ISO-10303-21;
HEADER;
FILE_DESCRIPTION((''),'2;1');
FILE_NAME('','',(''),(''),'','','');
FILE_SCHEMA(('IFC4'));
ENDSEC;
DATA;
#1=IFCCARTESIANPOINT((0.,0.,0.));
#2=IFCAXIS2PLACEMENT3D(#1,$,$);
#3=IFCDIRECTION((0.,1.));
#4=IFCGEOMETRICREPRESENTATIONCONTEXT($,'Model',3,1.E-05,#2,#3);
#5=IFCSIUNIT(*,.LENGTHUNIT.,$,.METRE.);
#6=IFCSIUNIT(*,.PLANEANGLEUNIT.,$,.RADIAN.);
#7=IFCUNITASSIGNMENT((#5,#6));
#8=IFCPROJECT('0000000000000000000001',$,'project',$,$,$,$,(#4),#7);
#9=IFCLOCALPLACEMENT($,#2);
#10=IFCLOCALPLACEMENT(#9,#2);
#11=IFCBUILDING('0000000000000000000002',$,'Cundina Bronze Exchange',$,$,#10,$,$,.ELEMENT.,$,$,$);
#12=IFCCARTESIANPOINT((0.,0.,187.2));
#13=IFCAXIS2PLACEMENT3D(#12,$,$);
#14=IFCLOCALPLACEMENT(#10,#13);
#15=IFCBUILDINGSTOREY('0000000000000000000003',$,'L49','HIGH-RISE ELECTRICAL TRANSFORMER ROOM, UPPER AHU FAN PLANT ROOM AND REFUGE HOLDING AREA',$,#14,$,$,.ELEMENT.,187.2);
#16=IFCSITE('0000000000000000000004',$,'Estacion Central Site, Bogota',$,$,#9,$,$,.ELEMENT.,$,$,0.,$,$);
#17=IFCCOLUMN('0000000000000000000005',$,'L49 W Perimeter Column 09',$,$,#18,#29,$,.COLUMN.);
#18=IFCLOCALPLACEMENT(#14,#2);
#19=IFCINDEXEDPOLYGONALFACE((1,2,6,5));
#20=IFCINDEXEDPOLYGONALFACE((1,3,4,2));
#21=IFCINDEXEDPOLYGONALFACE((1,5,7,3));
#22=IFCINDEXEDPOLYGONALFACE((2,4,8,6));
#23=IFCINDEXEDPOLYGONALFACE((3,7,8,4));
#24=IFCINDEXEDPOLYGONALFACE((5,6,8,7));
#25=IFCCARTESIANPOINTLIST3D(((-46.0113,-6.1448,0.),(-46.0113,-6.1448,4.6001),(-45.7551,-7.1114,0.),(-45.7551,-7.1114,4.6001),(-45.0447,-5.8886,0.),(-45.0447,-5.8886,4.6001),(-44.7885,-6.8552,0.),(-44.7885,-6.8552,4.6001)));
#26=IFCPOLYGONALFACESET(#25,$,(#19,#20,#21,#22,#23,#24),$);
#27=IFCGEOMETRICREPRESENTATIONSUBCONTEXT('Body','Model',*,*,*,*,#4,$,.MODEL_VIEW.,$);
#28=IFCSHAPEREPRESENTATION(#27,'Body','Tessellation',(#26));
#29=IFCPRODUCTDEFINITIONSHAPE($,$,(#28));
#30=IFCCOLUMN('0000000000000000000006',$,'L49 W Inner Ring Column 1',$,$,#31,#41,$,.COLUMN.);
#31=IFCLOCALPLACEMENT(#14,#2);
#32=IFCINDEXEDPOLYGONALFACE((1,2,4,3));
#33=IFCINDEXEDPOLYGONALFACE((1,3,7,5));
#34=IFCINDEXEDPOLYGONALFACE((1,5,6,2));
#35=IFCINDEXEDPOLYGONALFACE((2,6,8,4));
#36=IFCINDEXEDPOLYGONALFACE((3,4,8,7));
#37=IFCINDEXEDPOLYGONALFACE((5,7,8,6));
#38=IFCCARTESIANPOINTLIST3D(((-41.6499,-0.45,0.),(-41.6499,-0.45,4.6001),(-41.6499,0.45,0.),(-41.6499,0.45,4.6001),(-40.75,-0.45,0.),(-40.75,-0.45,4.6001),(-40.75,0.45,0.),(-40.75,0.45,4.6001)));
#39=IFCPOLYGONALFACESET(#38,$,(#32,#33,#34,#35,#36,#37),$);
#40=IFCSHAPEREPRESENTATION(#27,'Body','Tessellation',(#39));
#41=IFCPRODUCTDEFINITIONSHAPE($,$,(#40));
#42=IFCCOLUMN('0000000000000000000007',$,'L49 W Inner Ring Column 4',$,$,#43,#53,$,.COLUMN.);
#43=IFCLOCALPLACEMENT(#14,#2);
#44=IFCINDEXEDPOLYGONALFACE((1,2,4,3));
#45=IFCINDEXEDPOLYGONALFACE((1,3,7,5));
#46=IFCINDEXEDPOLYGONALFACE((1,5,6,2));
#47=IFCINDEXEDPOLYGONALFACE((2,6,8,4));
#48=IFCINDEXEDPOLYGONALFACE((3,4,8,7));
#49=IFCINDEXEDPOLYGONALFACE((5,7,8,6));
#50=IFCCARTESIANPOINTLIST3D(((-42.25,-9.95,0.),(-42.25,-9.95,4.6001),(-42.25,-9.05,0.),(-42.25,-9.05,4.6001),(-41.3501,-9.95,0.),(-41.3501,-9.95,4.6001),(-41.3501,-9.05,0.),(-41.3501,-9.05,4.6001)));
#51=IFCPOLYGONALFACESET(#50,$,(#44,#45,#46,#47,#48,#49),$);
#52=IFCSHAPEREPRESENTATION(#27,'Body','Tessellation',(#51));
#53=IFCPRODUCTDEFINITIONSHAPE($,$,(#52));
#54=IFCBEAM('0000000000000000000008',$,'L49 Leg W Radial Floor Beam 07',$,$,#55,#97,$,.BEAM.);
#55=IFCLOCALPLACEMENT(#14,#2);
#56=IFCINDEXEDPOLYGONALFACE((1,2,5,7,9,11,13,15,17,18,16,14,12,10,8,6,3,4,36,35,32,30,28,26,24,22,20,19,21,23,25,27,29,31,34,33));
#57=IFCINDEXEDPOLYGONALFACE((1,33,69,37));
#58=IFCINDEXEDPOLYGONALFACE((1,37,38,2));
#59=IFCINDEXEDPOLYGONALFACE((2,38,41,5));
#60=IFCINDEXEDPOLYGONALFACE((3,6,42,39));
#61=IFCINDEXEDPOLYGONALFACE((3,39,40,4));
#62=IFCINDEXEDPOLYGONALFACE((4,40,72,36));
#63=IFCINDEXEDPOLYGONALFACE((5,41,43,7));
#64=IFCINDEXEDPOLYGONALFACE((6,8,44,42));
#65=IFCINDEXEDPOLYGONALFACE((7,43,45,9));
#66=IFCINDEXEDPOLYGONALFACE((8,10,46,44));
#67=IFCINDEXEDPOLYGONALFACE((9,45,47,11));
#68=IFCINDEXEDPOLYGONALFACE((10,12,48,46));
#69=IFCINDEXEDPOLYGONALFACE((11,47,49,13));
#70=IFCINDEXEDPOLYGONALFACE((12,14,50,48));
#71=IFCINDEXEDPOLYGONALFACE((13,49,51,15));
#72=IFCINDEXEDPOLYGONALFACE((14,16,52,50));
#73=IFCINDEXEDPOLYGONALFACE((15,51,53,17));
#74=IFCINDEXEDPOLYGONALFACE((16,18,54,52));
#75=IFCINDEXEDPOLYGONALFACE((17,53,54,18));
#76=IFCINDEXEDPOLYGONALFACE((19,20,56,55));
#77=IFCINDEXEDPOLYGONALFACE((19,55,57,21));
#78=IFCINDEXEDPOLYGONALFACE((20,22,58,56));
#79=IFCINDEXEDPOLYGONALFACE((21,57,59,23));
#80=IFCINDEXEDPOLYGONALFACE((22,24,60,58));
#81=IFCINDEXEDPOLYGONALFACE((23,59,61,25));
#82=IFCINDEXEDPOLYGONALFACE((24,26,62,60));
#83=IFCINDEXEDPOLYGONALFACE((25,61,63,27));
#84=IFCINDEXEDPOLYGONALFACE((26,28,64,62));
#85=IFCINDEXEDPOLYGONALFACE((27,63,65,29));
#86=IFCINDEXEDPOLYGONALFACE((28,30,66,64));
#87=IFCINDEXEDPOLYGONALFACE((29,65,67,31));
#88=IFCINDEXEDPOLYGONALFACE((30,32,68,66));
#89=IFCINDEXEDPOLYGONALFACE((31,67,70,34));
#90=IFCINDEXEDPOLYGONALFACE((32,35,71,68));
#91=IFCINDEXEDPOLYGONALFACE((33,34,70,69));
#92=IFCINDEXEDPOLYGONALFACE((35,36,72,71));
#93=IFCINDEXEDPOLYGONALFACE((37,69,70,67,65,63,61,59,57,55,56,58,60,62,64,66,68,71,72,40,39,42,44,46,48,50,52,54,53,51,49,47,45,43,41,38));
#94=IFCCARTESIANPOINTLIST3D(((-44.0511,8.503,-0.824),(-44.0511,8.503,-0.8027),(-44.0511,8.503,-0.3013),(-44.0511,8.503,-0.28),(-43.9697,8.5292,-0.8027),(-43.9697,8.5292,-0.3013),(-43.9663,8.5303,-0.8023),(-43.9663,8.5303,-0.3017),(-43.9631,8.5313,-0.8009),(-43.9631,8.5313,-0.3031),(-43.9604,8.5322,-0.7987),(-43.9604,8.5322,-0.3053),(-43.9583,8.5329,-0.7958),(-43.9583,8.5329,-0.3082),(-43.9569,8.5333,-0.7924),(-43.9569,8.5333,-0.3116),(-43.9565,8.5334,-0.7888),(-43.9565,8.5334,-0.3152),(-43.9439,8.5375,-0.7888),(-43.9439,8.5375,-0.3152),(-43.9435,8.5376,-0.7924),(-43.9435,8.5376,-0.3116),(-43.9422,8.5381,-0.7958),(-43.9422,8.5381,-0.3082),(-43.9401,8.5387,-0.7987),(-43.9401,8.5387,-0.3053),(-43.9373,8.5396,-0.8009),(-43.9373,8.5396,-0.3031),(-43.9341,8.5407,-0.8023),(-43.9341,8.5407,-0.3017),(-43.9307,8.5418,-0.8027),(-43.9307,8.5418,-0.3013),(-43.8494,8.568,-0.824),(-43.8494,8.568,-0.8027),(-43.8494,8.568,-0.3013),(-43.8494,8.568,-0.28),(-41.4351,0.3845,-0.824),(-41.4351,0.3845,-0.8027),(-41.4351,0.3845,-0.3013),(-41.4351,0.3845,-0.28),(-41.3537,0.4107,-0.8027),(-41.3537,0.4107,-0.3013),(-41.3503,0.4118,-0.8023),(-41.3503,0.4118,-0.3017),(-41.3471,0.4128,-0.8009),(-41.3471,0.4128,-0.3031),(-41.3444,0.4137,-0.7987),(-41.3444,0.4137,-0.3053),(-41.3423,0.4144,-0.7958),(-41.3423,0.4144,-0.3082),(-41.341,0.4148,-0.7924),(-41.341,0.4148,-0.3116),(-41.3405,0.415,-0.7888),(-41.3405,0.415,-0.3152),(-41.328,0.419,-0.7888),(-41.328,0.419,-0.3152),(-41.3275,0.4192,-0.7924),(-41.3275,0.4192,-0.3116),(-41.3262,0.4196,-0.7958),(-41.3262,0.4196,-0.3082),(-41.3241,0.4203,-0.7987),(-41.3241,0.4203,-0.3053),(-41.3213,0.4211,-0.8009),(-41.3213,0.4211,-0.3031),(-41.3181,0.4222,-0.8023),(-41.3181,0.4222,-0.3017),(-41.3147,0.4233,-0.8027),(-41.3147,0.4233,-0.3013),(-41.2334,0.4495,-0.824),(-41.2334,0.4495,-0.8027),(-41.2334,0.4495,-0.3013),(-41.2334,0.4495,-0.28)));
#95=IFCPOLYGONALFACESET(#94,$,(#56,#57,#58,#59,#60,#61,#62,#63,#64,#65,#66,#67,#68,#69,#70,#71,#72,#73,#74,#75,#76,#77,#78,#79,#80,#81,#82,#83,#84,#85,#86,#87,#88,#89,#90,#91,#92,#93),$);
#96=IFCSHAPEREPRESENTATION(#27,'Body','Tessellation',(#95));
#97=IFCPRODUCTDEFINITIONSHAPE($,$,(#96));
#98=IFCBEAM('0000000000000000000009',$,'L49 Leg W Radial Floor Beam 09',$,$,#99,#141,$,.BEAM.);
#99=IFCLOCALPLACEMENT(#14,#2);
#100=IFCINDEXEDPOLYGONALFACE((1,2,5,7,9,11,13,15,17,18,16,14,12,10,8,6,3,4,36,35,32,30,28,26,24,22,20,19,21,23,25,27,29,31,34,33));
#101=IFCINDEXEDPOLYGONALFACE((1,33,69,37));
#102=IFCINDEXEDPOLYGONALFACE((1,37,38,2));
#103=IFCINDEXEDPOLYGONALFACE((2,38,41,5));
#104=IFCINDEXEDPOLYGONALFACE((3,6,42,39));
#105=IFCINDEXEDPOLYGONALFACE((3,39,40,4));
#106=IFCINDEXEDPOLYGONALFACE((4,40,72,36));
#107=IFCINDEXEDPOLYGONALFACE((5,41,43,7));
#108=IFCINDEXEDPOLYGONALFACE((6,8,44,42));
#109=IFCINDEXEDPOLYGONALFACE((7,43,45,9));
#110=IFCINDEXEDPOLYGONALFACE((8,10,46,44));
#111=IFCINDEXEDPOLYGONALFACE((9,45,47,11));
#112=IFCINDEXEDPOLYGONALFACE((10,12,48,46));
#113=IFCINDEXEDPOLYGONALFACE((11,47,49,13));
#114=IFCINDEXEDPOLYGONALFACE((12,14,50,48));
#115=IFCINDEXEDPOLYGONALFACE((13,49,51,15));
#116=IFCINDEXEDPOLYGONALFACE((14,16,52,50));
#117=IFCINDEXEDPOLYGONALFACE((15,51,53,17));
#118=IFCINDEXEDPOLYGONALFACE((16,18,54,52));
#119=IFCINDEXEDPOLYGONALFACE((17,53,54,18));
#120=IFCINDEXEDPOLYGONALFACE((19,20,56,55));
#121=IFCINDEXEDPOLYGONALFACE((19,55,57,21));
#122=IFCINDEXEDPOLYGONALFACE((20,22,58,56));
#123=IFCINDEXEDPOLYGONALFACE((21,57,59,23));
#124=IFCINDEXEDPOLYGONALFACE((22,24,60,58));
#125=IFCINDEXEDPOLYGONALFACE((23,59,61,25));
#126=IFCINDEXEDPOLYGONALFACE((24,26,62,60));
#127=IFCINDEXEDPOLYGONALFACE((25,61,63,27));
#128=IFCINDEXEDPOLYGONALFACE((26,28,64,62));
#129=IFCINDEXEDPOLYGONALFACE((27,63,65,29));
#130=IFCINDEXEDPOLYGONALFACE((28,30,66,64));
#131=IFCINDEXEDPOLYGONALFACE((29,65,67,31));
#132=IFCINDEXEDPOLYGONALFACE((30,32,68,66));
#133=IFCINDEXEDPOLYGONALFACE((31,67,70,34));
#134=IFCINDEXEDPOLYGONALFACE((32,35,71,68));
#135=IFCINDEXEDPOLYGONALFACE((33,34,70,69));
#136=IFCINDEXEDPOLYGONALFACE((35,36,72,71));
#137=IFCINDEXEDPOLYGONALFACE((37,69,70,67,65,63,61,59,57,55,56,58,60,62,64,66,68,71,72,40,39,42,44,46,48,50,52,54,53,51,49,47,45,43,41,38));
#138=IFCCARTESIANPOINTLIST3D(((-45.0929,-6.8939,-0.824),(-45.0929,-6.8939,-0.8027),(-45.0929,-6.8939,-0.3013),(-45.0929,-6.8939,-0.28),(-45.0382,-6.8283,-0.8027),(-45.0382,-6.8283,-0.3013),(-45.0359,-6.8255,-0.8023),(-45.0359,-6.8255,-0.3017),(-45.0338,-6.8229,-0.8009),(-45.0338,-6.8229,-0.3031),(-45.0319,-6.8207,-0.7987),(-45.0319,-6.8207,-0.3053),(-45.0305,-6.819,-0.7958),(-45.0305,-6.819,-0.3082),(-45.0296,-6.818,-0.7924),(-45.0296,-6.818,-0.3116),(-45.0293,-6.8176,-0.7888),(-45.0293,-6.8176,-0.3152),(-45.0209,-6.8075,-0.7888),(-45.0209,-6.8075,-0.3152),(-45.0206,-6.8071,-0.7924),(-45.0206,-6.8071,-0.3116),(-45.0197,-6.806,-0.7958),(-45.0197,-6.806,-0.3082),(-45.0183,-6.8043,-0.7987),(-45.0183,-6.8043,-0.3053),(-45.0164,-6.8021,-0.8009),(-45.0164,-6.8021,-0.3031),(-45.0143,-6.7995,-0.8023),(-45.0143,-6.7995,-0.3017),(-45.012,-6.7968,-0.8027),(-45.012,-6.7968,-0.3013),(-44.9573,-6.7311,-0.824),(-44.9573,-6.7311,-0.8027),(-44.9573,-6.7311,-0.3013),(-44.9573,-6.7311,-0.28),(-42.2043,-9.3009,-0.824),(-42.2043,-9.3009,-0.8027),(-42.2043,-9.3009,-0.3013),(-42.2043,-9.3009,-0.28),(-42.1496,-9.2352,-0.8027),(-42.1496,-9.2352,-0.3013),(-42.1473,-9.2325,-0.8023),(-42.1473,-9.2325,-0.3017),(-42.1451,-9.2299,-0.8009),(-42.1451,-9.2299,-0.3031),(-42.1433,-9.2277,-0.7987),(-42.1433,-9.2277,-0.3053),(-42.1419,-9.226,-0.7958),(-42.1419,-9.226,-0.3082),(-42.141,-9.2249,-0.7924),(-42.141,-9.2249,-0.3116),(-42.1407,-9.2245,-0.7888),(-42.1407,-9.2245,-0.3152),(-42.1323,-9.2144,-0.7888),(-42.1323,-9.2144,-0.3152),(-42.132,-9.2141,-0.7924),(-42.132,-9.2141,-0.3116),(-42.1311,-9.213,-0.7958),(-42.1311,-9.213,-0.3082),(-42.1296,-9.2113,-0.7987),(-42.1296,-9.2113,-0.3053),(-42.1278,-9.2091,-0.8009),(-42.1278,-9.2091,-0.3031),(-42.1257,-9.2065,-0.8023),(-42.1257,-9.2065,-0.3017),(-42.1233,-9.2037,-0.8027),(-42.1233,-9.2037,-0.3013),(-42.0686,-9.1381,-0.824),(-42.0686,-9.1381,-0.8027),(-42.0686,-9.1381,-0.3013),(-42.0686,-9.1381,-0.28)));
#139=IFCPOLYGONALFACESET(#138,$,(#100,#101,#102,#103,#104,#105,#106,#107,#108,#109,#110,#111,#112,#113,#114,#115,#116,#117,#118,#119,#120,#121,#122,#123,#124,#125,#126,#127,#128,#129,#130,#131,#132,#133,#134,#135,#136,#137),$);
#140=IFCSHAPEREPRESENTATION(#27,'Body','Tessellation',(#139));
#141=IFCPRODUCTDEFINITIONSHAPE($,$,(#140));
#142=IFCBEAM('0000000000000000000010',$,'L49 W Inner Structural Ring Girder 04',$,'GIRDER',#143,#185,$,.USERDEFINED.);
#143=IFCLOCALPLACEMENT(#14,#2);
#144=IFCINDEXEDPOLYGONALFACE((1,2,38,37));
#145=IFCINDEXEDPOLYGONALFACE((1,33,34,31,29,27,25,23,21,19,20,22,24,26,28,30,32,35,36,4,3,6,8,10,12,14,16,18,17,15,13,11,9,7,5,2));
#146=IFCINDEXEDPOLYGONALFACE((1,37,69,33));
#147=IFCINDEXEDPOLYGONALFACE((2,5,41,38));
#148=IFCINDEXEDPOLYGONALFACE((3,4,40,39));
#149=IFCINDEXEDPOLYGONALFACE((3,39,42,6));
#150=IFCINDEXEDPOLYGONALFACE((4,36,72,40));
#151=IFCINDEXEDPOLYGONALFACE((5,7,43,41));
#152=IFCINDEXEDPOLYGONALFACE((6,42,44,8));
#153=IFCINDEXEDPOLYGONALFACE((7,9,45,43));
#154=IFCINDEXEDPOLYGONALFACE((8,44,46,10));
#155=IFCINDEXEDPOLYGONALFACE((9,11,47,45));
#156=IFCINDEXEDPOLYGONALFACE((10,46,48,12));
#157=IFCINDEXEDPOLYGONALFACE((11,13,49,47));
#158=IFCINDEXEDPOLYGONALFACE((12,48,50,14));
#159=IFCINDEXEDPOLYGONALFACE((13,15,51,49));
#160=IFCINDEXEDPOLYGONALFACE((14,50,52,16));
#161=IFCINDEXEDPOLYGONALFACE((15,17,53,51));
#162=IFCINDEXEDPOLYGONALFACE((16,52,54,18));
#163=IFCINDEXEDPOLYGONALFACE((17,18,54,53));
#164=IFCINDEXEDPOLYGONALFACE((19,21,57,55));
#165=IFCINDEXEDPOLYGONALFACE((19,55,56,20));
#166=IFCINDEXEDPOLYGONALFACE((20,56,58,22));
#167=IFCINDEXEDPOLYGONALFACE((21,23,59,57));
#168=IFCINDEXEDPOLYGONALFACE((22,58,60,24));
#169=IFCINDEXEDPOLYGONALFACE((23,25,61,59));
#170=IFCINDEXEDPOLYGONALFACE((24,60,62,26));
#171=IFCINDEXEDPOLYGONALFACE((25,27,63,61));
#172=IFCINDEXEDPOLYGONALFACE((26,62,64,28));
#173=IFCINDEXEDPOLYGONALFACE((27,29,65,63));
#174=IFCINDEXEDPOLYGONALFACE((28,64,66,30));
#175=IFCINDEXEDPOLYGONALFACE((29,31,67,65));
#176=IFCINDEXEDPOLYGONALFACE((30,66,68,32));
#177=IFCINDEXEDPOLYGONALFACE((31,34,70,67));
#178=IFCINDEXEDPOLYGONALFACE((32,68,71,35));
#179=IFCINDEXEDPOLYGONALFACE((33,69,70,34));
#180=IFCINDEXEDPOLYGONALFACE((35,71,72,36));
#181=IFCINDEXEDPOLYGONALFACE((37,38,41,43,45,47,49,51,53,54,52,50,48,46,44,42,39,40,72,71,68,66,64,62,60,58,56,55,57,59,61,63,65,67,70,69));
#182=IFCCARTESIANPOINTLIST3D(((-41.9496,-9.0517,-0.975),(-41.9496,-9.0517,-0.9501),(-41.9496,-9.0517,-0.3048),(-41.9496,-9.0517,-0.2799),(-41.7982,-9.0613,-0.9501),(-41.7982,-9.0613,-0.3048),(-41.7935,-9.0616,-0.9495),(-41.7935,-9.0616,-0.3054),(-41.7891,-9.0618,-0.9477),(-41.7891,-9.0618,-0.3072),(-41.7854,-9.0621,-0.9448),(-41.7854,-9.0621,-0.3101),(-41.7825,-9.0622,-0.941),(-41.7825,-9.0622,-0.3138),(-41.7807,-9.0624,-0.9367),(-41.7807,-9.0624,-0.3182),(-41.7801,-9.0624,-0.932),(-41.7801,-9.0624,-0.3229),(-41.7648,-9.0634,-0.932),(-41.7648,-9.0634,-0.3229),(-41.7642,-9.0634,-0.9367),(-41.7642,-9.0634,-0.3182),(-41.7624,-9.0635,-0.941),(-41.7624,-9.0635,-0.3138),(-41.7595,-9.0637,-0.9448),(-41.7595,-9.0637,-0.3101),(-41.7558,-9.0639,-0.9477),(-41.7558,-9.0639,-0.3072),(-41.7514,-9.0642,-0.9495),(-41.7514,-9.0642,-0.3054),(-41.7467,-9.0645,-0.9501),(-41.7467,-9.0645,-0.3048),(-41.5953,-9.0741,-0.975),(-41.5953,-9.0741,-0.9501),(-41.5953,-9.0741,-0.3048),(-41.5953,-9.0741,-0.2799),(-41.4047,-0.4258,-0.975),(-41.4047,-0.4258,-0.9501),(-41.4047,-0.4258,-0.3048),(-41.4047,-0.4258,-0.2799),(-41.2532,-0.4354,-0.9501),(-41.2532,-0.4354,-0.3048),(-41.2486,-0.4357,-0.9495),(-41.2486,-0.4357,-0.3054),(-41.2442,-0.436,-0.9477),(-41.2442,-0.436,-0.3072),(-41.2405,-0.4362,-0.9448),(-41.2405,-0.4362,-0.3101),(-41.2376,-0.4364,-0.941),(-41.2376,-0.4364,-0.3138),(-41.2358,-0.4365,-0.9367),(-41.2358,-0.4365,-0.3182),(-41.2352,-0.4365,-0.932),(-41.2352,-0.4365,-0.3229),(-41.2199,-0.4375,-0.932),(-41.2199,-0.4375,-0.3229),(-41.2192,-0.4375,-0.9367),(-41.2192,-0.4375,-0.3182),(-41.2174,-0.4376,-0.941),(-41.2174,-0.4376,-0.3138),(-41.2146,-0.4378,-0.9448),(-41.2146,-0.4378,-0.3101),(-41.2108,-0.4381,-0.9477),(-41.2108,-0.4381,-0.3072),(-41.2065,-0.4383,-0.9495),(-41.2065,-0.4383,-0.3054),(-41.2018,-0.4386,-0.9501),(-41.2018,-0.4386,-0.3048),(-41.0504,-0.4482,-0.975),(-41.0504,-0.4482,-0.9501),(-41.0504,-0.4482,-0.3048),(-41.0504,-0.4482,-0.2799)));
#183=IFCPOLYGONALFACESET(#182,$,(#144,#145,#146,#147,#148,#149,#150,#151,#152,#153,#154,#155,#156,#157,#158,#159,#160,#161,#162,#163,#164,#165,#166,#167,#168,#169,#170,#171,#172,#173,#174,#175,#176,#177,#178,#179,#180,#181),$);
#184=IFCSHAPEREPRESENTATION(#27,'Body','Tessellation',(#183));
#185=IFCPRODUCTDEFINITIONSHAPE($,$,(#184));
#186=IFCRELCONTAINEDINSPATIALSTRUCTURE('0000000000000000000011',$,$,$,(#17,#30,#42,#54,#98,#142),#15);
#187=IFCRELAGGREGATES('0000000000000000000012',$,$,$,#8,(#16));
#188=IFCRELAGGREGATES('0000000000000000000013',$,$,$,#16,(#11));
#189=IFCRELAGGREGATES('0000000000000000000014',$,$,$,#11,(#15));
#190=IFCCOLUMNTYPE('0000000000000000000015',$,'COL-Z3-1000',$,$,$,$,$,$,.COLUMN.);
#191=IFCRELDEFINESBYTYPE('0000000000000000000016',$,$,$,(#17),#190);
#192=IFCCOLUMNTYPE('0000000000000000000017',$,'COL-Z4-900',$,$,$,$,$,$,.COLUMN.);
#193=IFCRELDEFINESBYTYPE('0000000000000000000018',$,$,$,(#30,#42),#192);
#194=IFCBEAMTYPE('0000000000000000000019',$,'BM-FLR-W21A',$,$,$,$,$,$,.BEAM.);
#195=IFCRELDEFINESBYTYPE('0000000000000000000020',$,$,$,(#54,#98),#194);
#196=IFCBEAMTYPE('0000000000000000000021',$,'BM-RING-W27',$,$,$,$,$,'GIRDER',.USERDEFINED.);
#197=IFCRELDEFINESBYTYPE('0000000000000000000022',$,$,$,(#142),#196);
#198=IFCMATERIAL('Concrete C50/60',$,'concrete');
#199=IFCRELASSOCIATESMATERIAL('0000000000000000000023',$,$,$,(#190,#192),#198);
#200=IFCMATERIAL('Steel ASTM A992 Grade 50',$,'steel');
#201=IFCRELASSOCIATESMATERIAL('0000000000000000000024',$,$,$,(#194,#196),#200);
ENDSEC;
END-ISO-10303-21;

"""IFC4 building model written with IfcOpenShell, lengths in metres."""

from ifc_helpers import new_model, si_unit, direction, frame, origin, origin_2d, place, context, subcontext, project, spatial, rectangle, i_section, extrude, material, material_profile, profile_set, type_object, element, save


model = new_model("IFC4")

# Units and contexts
model_context = context("Model", 3, precision=1e-05, world=origin(), true_north=direction((0.0, 1.0)))
body_context = subcontext(model_context, "Body", "Model", "MODEL_VIEW")
ifc_project = project(units=[si_unit("LENGTHUNIT", "METRE"), si_unit("PLANEANGLEUNIT", "RADIAN")], contexts=[model_context])

# Site, building, storey
site_placement = place(None, origin())
site = spatial("IfcSite", under=ifc_project, at=site_placement, Name="Estacion Central Site, Bogota", CompositionType="ELEMENT", RefElevation=0.0)
building_placement = place(site_placement, origin())
building = spatial("IfcBuilding", under=site, at=building_placement, Name="Cundina Bronze Exchange", CompositionType="ELEMENT")
storey_placement = place(building_placement, frame((0.0, 0.0, 187.2)))
storey = spatial("IfcBuildingStorey", under=building, at=storey_placement, Name="L49", Description="HIGH-RISE ELECTRICAL TRANSFORMER ROOM, UPPER AHU FAN PLANT ROOM AND REFUGE HOLDING AREA", CompositionType="ELEMENT", Elevation=187.2)

# Columns
ifc_material_1 = material(Name="Concrete C50/60", Category="concrete")
ifc_material_profile_1 = material_profile(ifc_material_1, rectangle(XDim=1.0, YDim=1.0, at=origin_2d()), Name="RC1000X1000", Category="concrete")
ifc_profile_set_1 = profile_set([ifc_material_profile_1], Name="Concrete C50/60")
column_type_1 = type_object("IfcColumnType", Name="COL-Z3-1000", PredefinedType="COLUMN", material=ifc_profile_set_1)
column_placement = place(storey_placement, frame((-45.3999, -6.5, 0.0), z_axis=(0.0, 0.0, 1.0), x_axis=(0.256289, -0.9666, 0.0)))
element("IfcColumn", 1, at=column_placement, inside=storey, type_object=column_type_1, Name="L49 W Perimeter Column 09", PredefinedType="COLUMN", context=body_context, shape_type="SweptSolid", body=[
    extrude(rectangle(XDim=1.0, YDim=1.0, at=origin_2d()), origin(), (0.0, 0.0, 1.0), 4.6001),
])
ifc_material_profile_2 = material_profile(ifc_material_1, rectangle(XDim=0.8999, YDim=0.8999, at=origin_2d()), Name="RC900X900", Category="concrete")
ifc_profile_set_2 = profile_set([ifc_material_profile_2], Name="Concrete C50/60")
column_type_2 = type_object("IfcColumnType", Name="COL-Z4-900", PredefinedType="COLUMN", material=ifc_profile_set_2)
for number, where, z_axis, x_axis, name in (
    (2, (-41.2, 0.0, 0.0), (0.0, 0.0, 1.0), (1.0, 0.0, 0.0), "L49 W Inner Ring Column 1"),
    (3, (-41.8, -9.5, 0.0), (0.0, 0.0, 1.0), (1.0, 0.0, 0.0), "L49 W Inner Ring Column 4"),
):
    element("IfcColumn", number, at=place(storey_placement, frame(where, z_axis=z_axis, x_axis=x_axis)), inside=storey, type_object=column_type_2, Name=name, PredefinedType="COLUMN", context=body_context, shape_type="SweptSolid", body=[
        extrude(rectangle(XDim=0.8999, YDim=0.8999, at=origin_2d()), origin(), (0.0, 0.0, 1.0), 4.6001),
    ])

# Beams
ifc_material_2 = material(Name="Steel ASTM A992 Grade 50", Category="steel")
ifc_material_profile_3 = material_profile(ifc_material_2, i_section(OverallWidth=0.2119, OverallDepth=0.5439, WebThickness=0.0132, FlangeThickness=0.0212, FilletRadius=0.0139, at=origin_2d()), Name="W21X83", Category="steel")
ifc_profile_set_3 = profile_set([ifc_material_profile_3], Name="Steel ASTM A992 Grade 50")
beam_type_1 = type_object("IfcBeamType", Name="BM-FLR-W21A", PredefinedType="BEAM", material=ifc_profile_set_3)
beam_1_placement = place(storey_placement, frame((-41.3342, 0.417, -0.552), z_axis=(-0.306698, 0.951807, 0.0), x_axis=(-0.951807, -0.306698, 0.0)))
element("IfcBeam", 4, at=beam_1_placement, inside=storey, type_object=beam_type_1, Name="L49 Leg W Radial Floor Beam 07", PredefinedType="BEAM", context=body_context, shape_type="SweptSolid", body=[
    extrude(i_section(OverallWidth=0.2119, OverallDepth=0.5439, WebThickness=0.0132, FlangeThickness=0.0212, FilletRadius=0.0139, at=origin_2d()), origin(), (0.0, 0.0, 1.0), 8.5295),
])
beam_2_placement = place(storey_placement, frame((-42.1365, -9.2195, -0.552), z_axis=(-0.768253, 0.640146, 0.0), x_axis=(-0.640146, -0.768253, 0.0)))
element("IfcBeam", 5, at=beam_2_placement, inside=storey, type_object=beam_type_1, Name="L49 Leg W Radial Floor Beam 09", PredefinedType="BEAM", context=body_context, shape_type="SweptSolid", body=[
    extrude(i_section(OverallWidth=0.2119, OverallDepth=0.5439, WebThickness=0.0132, FlangeThickness=0.0212, FilletRadius=0.0139, at=origin_2d()), origin(), (0.0, 0.0, 1.0), 3.76),
])
ifc_material_profile_4 = material_profile(ifc_material_2, i_section(OverallWidth=0.355, OverallDepth=0.6951, WebThickness=0.0154, FlangeThickness=0.0249, FilletRadius=0.0181, at=origin_2d()), Name="W27X146", Category="steel")
ifc_profile_set_4 = profile_set([ifc_material_profile_4], Name="Steel ASTM A992 Grade 50")
beam_type_2 = type_object("IfcBeamType", Name="BM-RING-W27", ElementType="GIRDER", PredefinedType="USERDEFINED", material=ifc_profile_set_4)
beam_3_placement = place(storey_placement, frame((-41.2275, -0.437, -0.6274), z_axis=(-0.063047, -0.998011, 0.0), x_axis=(0.998011, -0.063047, 0.0)))
element("IfcBeam", 6, at=beam_3_placement, inside=storey, type_object=beam_type_2, Name="L49 W Inner Structural Ring Girder 04", ObjectType="GIRDER", PredefinedType="USERDEFINED", context=body_context, shape_type="SweptSolid", body=[
    extrude(i_section(OverallWidth=0.355, OverallDepth=0.6951, WebThickness=0.0154, FlangeThickness=0.0249, FilletRadius=0.0181, at=origin_2d()), origin(), (0.0, 0.0, 1.0), 8.6431),
])

save(model, "model.ifc")
